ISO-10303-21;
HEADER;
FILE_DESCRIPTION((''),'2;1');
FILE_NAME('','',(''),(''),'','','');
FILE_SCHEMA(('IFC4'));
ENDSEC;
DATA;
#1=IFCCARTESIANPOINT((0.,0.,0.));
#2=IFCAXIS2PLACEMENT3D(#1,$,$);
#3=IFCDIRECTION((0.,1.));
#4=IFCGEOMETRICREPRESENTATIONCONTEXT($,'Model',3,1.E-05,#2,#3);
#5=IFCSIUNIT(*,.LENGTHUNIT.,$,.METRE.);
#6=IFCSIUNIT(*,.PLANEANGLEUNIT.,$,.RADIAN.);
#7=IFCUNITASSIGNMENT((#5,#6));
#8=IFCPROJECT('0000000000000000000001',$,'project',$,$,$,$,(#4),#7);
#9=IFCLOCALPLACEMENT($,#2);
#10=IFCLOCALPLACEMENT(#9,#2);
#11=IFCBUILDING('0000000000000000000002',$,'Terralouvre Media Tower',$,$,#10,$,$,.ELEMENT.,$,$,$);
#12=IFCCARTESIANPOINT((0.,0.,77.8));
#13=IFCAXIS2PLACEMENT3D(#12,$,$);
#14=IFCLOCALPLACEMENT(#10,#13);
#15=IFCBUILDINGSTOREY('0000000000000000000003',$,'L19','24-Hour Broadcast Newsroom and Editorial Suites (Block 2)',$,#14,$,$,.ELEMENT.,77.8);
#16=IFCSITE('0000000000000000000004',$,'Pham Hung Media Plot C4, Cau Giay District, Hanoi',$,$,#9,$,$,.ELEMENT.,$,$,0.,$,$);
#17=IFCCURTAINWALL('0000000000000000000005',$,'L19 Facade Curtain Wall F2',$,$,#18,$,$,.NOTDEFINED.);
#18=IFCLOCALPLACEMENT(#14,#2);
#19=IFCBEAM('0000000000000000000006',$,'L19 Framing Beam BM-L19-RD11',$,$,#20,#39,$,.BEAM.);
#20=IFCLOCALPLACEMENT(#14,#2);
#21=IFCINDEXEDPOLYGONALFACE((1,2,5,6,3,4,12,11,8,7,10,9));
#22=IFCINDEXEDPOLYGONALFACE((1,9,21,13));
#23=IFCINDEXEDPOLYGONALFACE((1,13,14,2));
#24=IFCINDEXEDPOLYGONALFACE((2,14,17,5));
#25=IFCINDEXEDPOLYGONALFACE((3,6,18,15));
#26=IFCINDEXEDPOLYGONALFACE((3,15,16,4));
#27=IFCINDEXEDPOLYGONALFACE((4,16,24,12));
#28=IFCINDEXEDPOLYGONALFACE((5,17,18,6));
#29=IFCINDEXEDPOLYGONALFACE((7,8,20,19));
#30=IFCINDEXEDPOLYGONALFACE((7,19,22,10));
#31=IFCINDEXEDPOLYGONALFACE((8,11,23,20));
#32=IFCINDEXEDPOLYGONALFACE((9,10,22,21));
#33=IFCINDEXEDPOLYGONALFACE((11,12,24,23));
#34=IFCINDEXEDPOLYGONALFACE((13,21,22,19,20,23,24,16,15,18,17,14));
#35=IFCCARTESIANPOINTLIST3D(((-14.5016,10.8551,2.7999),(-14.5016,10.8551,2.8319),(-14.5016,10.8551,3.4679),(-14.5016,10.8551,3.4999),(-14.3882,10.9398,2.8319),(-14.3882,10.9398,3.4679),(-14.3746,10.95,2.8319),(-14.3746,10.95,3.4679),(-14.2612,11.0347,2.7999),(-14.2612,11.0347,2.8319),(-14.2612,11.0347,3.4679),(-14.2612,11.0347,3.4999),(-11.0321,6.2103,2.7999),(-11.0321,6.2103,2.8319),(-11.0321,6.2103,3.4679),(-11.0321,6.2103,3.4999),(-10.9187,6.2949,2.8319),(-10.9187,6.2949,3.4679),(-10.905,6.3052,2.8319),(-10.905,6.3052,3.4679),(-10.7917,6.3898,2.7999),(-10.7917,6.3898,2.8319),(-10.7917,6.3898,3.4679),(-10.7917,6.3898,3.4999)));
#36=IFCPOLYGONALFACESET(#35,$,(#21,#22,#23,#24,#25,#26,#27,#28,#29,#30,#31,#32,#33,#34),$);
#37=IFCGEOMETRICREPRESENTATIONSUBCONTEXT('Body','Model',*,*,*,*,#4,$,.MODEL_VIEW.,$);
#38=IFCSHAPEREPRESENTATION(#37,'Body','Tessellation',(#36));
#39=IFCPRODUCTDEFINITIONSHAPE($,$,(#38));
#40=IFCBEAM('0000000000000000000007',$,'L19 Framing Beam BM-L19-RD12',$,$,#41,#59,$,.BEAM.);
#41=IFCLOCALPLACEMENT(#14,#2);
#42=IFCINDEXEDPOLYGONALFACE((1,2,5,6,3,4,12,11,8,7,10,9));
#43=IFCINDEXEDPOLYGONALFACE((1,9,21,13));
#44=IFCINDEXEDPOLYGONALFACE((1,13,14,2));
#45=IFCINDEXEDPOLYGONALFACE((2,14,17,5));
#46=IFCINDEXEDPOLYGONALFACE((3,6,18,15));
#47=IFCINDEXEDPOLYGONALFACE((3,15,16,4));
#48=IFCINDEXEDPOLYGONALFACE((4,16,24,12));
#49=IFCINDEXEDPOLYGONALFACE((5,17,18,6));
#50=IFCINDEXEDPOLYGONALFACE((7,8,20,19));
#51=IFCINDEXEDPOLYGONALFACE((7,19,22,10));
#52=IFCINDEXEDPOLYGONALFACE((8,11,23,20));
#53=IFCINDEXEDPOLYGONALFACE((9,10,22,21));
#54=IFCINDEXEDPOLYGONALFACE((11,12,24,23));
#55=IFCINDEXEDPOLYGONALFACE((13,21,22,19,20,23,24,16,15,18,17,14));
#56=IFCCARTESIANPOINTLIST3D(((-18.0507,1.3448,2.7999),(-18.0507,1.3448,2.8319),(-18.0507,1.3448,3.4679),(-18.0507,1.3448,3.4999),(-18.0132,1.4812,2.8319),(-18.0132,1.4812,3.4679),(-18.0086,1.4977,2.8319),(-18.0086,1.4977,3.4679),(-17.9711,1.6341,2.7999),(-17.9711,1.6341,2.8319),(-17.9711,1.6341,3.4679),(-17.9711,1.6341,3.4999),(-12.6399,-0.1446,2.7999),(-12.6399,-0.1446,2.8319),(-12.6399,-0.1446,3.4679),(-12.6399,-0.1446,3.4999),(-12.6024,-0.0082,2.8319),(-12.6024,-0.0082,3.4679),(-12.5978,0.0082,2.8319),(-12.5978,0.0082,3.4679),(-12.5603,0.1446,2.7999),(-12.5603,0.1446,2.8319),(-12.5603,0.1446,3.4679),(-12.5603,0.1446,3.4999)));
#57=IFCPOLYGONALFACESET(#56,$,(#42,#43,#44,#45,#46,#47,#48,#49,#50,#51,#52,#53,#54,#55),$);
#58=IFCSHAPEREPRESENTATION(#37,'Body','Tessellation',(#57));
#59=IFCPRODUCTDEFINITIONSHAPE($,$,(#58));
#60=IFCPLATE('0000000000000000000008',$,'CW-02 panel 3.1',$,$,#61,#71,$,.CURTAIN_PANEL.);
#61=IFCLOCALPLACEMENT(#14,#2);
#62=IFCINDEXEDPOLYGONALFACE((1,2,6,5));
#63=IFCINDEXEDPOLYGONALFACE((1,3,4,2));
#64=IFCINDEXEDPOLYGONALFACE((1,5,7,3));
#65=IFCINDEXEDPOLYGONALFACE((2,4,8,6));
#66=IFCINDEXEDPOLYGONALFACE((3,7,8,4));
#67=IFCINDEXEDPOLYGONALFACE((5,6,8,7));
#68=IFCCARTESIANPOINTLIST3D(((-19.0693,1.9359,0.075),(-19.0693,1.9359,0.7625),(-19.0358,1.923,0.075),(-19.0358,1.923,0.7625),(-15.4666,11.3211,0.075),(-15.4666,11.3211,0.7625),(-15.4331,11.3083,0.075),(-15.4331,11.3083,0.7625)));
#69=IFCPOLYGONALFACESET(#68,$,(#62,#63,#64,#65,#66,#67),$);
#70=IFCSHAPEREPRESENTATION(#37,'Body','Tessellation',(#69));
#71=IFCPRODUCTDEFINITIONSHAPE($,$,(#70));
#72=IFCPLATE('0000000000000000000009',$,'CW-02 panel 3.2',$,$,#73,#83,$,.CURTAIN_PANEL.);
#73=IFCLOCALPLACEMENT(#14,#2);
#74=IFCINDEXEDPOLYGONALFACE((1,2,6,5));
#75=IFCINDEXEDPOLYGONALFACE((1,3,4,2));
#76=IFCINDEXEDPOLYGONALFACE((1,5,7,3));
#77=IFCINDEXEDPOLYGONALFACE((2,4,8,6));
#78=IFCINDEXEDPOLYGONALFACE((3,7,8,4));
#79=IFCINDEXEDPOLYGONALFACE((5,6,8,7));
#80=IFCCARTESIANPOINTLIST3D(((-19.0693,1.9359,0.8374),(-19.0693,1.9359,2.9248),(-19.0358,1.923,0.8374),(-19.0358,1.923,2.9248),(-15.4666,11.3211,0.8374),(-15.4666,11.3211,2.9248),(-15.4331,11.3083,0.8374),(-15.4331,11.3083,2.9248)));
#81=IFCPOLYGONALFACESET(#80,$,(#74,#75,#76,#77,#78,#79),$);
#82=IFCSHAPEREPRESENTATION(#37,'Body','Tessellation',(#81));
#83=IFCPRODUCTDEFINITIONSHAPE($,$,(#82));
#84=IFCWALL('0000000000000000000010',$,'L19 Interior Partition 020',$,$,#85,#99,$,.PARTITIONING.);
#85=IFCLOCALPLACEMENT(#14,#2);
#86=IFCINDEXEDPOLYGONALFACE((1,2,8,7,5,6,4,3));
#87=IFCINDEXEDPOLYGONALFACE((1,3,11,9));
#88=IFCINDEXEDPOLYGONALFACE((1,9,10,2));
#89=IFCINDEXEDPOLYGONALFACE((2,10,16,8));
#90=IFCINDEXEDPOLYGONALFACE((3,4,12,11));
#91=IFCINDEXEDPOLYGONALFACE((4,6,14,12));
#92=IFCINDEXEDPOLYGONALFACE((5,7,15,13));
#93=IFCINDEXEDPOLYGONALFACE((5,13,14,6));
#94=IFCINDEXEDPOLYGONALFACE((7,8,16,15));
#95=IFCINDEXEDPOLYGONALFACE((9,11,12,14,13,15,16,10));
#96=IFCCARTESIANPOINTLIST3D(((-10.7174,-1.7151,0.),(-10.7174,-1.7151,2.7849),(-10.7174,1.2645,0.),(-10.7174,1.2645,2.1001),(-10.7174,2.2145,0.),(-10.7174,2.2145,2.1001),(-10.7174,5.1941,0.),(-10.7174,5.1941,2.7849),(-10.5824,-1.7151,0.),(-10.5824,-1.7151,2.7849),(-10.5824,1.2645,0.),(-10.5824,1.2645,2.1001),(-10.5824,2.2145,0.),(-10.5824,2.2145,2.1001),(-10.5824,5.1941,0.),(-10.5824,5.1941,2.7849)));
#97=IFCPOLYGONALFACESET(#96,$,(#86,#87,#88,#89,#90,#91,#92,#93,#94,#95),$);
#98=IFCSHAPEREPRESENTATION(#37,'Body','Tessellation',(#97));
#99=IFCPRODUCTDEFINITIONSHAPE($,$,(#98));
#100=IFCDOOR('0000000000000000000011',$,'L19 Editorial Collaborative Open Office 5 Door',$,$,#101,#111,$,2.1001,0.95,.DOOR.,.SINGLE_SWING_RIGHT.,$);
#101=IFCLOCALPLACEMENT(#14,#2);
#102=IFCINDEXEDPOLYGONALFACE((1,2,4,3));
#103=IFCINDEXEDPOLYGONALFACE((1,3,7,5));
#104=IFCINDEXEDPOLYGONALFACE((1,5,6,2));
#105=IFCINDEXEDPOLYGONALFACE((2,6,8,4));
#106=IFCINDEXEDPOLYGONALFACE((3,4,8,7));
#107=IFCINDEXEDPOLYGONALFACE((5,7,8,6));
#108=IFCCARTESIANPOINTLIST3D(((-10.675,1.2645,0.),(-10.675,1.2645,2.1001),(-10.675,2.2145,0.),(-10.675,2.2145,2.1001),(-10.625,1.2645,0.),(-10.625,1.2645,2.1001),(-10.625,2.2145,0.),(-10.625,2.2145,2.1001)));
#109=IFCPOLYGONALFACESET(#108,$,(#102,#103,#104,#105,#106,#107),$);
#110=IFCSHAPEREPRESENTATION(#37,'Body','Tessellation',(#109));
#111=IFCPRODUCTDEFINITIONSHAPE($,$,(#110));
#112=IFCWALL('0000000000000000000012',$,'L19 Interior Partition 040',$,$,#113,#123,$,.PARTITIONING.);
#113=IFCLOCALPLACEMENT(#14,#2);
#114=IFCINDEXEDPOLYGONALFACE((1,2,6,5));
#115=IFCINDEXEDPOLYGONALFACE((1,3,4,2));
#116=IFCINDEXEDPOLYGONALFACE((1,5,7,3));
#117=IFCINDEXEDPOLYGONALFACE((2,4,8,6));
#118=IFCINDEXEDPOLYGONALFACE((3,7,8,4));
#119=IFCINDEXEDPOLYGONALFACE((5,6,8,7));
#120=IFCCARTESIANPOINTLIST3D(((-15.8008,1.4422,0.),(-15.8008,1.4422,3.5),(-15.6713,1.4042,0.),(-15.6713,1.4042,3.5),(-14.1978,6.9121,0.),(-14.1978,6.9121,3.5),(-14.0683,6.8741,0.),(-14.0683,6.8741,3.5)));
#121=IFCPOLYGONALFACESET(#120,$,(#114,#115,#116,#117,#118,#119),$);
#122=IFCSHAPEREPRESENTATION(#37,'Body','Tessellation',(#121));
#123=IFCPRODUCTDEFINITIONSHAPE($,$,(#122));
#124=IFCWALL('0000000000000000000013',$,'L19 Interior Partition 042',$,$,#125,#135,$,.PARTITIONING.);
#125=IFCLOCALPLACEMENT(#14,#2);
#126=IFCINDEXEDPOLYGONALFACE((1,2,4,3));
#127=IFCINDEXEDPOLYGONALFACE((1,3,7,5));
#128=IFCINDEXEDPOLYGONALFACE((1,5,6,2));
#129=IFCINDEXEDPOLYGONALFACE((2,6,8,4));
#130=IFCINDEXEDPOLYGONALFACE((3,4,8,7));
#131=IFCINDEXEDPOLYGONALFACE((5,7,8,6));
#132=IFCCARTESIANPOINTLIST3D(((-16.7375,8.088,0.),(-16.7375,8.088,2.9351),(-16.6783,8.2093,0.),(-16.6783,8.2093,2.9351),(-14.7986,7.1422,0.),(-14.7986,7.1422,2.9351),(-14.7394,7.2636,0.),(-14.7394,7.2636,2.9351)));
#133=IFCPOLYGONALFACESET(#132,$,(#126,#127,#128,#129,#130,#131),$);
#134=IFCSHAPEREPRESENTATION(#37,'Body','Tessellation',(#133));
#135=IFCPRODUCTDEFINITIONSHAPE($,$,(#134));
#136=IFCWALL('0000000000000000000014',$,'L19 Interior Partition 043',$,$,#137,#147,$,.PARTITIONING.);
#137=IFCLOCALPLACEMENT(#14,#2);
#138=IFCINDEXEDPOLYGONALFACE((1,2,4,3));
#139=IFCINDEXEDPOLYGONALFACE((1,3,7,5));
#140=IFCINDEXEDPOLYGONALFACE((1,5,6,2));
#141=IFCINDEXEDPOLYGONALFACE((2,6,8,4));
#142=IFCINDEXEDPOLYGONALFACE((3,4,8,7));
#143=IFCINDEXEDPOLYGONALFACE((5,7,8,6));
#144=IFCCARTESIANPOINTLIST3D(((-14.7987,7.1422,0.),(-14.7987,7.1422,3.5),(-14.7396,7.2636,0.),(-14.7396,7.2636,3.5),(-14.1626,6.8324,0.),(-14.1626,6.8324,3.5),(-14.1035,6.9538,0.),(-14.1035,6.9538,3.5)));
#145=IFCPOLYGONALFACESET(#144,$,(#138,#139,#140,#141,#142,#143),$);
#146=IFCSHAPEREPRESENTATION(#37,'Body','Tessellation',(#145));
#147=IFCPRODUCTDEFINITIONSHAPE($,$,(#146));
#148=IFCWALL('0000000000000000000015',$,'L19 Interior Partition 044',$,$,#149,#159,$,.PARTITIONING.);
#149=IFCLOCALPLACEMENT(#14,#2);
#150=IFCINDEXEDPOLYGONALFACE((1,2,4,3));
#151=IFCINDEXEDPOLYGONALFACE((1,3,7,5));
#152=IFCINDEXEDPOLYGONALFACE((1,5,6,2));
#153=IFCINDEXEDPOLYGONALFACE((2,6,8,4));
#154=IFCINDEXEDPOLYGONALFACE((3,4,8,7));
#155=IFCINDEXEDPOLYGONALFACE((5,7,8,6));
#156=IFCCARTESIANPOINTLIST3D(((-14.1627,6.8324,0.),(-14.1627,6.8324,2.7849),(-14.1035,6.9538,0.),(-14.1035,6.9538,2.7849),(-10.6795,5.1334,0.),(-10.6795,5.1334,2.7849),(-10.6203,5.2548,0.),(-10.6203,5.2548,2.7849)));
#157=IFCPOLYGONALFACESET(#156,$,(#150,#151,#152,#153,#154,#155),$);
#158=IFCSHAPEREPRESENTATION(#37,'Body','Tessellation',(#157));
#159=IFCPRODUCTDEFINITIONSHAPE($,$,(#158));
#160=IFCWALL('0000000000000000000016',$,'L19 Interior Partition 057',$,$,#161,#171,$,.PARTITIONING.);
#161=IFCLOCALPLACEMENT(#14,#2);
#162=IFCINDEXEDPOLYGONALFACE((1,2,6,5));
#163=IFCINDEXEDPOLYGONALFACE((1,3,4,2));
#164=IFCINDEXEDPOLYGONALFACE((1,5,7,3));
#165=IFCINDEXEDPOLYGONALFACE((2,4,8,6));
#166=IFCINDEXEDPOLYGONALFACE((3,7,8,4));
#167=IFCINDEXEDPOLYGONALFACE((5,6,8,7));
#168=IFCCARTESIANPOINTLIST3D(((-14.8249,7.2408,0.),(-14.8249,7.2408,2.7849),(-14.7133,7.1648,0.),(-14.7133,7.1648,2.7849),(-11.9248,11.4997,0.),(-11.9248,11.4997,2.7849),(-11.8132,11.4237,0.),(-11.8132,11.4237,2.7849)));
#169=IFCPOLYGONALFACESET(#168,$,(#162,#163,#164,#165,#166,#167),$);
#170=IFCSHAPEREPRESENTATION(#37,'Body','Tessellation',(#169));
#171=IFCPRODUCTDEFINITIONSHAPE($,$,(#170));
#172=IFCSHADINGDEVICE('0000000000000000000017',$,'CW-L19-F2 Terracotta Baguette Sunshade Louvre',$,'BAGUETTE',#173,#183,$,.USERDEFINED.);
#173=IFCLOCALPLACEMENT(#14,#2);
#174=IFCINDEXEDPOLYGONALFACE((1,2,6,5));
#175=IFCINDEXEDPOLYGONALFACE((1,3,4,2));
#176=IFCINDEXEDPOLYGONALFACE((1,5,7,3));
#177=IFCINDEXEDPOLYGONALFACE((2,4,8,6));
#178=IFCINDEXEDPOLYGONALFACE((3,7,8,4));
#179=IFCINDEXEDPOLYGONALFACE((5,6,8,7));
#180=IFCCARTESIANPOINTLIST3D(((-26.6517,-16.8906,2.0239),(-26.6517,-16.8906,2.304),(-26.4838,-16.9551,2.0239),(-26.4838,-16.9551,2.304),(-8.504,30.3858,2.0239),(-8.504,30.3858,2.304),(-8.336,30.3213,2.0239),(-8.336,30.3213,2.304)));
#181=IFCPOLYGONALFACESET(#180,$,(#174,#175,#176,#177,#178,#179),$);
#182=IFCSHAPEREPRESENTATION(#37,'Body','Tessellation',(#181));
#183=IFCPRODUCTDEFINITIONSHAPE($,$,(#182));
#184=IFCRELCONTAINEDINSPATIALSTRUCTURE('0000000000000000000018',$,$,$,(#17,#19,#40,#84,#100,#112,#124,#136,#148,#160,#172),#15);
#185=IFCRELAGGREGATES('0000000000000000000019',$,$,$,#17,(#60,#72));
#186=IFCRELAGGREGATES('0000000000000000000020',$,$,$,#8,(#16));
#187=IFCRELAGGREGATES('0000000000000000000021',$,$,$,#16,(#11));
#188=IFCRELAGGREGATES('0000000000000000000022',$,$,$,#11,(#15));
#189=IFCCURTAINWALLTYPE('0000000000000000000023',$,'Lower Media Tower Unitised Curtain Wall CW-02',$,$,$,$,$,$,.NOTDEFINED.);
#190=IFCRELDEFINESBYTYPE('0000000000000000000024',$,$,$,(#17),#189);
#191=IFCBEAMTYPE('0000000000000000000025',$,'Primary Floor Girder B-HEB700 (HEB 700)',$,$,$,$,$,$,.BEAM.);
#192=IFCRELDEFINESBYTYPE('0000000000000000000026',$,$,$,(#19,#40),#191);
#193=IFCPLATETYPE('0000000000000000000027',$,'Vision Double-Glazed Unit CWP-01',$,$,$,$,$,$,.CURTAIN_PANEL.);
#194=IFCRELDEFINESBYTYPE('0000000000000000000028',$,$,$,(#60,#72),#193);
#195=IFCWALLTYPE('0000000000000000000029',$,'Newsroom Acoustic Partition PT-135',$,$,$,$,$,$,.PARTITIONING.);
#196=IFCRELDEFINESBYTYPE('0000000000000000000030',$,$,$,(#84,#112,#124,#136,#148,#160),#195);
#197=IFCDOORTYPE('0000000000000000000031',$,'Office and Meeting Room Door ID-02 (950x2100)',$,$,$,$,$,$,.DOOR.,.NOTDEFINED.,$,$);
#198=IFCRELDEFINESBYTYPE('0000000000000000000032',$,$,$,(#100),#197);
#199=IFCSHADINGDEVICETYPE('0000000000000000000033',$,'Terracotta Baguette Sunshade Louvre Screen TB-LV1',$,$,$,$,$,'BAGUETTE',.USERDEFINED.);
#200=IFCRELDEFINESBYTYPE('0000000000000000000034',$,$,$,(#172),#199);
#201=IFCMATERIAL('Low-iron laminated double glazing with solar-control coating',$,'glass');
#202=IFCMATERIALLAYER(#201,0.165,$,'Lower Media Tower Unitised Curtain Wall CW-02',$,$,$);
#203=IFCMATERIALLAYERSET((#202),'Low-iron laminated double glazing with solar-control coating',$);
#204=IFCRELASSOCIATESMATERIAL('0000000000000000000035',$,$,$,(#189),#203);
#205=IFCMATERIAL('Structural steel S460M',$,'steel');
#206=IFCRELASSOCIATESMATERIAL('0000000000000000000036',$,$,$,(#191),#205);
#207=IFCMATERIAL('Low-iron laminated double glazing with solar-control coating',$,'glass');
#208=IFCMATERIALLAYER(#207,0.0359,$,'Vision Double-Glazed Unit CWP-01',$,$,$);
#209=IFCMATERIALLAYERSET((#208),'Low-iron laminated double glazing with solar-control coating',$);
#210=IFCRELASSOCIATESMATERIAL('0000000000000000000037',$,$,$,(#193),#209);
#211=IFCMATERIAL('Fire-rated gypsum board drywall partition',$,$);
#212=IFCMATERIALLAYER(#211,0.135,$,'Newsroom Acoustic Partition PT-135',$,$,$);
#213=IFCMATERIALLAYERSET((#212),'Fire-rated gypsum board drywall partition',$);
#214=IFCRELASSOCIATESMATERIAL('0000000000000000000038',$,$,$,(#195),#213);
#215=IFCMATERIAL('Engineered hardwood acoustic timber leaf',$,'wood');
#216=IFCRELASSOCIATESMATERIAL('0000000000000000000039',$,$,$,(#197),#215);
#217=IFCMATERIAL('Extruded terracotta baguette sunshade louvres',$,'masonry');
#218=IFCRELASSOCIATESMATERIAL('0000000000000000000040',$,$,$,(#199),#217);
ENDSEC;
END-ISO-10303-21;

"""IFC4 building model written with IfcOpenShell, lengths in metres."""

from ifc_helpers import new_model, si_unit, direction, frame, frame_2d, origin, origin_2d, place, context, subcontext, project, spatial, rectangle, i_section, extrude, material, layer, layer_set, material_profile, profile_set, type_object, element, fill, aggregate, save


model = new_model("IFC4")

# Units and contexts
model_context = context("Model", 3, precision=1e-05, world=origin(), true_north=direction((0.0, 1.0)))
body_context = subcontext(model_context, "Body", "Model", "MODEL_VIEW")
ifc_project = project(units=[si_unit("LENGTHUNIT", "METRE"), si_unit("PLANEANGLEUNIT", "RADIAN")], contexts=[model_context])

# Site, building, storey
site_placement = place(None, origin())
site = spatial("IfcSite", under=ifc_project, at=site_placement, Name="Pham Hung Media Plot C4, Cau Giay District, Hanoi", CompositionType="ELEMENT", RefElevation=0.0)
building_placement = place(site_placement, origin())
building = spatial("IfcBuilding", under=site, at=building_placement, Name="Terralouvre Media Tower", CompositionType="ELEMENT")
storey_placement = place(building_placement, frame((0.0, 0.0, 77.8)))
storey = spatial("IfcBuildingStorey", under=building, at=storey_placement, Name="L19", Description="24-Hour Broadcast Newsroom and Editorial Suites (Block 2)", CompositionType="ELEMENT", Elevation=77.8)

# Curtain wall
ifc_material_1 = material(Name="Low-iron laminated double glazing with solar-control coating", Category="glass")
ifc_layer_1 = layer(ifc_material_1, 0.165, Name="Lower Media Tower Unitised Curtain Wall CW-02")
ifc_layer_set_1 = layer_set([ifc_layer_1], Name="Low-iron laminated double glazing with solar-control coating")
curtain_wall_type = type_object("IfcCurtainWallType", Name="Lower Media Tower Unitised Curtain Wall CW-02", PredefinedType="NOTDEFINED", material=ifc_layer_set_1)
curtain_wall_placement = place(storey_placement, origin())
curtain_wall = element("IfcCurtainWall", 1, at=curtain_wall_placement, inside=storey, type_object=curtain_wall_type, Name="L19 Facade Curtain Wall F2", PredefinedType="NOTDEFINED")

# Beams
ifc_material_2 = material(Name="Structural steel S460M", Category="steel")
ifc_material_profile_1 = material_profile(ifc_material_2, i_section(OverallWidth=0.3, OverallDepth=0.7, WebThickness=0.0171, FlangeThickness=0.032, at=origin_2d()), Name="HEB 700")
ifc_profile_set_1 = profile_set([ifc_material_profile_1], Name="Structural steel S460M")
beam_type_1 = type_object("IfcBeamType", Name="Primary Floor Girder B-HEB700 (HEB 700)", PredefinedType="BEAM", material=ifc_profile_set_1)
beam_1_placement = place(storey_placement, frame((-10.9119, 6.3, 3.1499), z_axis=(-0.598442, 0.801166, 0.0), x_axis=(-0.801166, -0.598442, 0.0)))
element("IfcBeam", 2, at=beam_1_placement, inside=storey, type_object=beam_type_1, Name="L19 Framing Beam BM-L19-RD11", PredefinedType="BEAM", context=body_context, shape_type="SweptSolid", body=[
    extrude(i_section(OverallWidth=0.3, OverallDepth=0.7, WebThickness=0.0171, FlangeThickness=0.032, at=origin_2d()), origin(), (0.0, 0.0, 1.0), 5.7976),
])
beam_2_placement = place(storey_placement, frame((-12.6001, 0.0, 3.1499), z_axis=(-0.964137, 0.265406, 0.0), x_axis=(-0.265406, -0.964137, 0.0)))
element("IfcBeam", 3, at=beam_2_placement, inside=storey, type_object=beam_type_1, Name="L19 Framing Beam BM-L19-RD12", PredefinedType="BEAM", context=body_context, shape_type="SweptSolid", body=[
    extrude(i_section(OverallWidth=0.3, OverallDepth=0.7, WebThickness=0.0171, FlangeThickness=0.032, at=origin_2d()), origin(), (0.0, 0.0, 1.0), 5.6121),
])

# Plates
ifc_material_3 = material(Name="Low-iron laminated double glazing with solar-control coating", Category="glass")
ifc_layer_2 = layer(ifc_material_3, 0.0359, Name="Vision Double-Glazed Unit CWP-01")
ifc_layer_set_2 = layer_set([ifc_layer_2], Name="Low-iron laminated double glazing with solar-control coating")
plate_type = type_object("IfcPlateType", Name="Vision Double-Glazed Unit CWP-01", PredefinedType="CURTAIN_PANEL", material=ifc_layer_set_2)
plate_1_placement = place(storey_placement, frame((-17.2512, 6.6221, 0.075), z_axis=(0.0, 0.0, 1.0), x_axis=(-0.358368, -0.93358, 0.0)))
plate_1 = element("IfcPlate", 4, at=plate_1_placement, type_object=plate_type, Name="CW-02 panel 3.1", PredefinedType="CURTAIN_PANEL", context=body_context, shape_type="SweptSolid", body=[
    extrude(rectangle(XDim=10.053, YDim=0.0359, at=origin_2d()), origin(), (0.0, 0.0, 1.0), 0.6875),
])
plate_2_placement = place(storey_placement, frame((-17.2512, 6.6221, 0.8374), z_axis=(0.0, 0.0, 1.0), x_axis=(-0.358368, -0.93358, 0.0)))
plate_2 = element("IfcPlate", 5, at=plate_2_placement, type_object=plate_type, Name="CW-02 panel 3.2", PredefinedType="CURTAIN_PANEL", context=body_context, shape_type="SweptSolid", body=[
    extrude(rectangle(XDim=10.053, YDim=0.0359, at=origin_2d()), origin(), (0.0, 0.0, 1.0), 2.0874),
])
aggregate(curtain_wall, [plate_1, plate_2])

# Wall, opening, door
ifc_material_4 = material(Name="Fire-rated gypsum board drywall partition")
ifc_layer_3 = layer(ifc_material_4, 0.135, Name="Newsroom Acoustic Partition PT-135")
ifc_layer_set_3 = layer_set([ifc_layer_3], Name="Fire-rated gypsum board drywall partition")
wall_type = type_object("IfcWallType", Name="Newsroom Acoustic Partition PT-135", PredefinedType="PARTITIONING", material=ifc_layer_set_3)
wall_1_placement = place(storey_placement, frame((-10.6499, 5.1941, 0.0), z_axis=(0.0, 0.0, 1.0), x_axis=(0.0, -1.0, 0.0)))
wall_1 = element("IfcWall", 6, at=wall_1_placement, inside=storey, type_object=wall_type, Name="L19 Interior Partition 020", PredefinedType="PARTITIONING", context=body_context, shape_type="SweptSolid", body=[
    extrude(rectangle(XDim=6.9092, YDim=0.135, at=frame_2d((3.4546, 0.0))), origin(), (0.0, 0.0, 1.0), 2.7849),
])
opening_placement = place(wall_1_placement, frame((2.9795, 0.0, 0.0)))
opening = element("IfcOpeningElement", 7, at=opening_placement, cuts=wall_1, PredefinedType="OPENING", context=body_context, shape_type="SweptSolid", body=[
    extrude(rectangle(XDim=0.95, YDim=2.1001, at=frame_2d((0.4751, 1.05))), frame((0.0, 0.0774, 0.0), z_axis=(0.0, -1.0, 0.0), x_axis=(1.0, 0.0, 0.0)), (0.0, 0.0, 1.0), 0.155),
])
ifc_material_5 = material(Name="Engineered hardwood acoustic timber leaf", Category="wood")
door_type = type_object("IfcDoorType", Name="Office and Meeting Room Door ID-02 (950x2100)", OperationType="NOTDEFINED", PredefinedType="DOOR", material=ifc_material_5)
door_placement = place(opening_placement, origin())
door = element("IfcDoor", 8, at=door_placement, inside=storey, type_object=door_type, Name="L19 Editorial Collaborative Open Office 5 Door", OperationType="SINGLE_SWING_RIGHT", OverallHeight=2.1001, OverallWidth=0.95, PredefinedType="DOOR", context=body_context, shape_type="SweptSolid", body=[
    extrude(rectangle(XDim=0.95, YDim=2.1001, at=frame_2d((0.4751, 1.05))), frame((0.0, 0.0249, 0.0), z_axis=(0.0, -1.0, 0.0), x_axis=(1.0, 0.0, 0.0)), (0.0, 0.0, 1.0), 0.05),
])
fill(opening, door)

# Walls
wall_2_placement = place(storey_placement, frame((-15.7361, 1.4231, 0.0), z_axis=(0.0, 0.0, 1.0), x_axis=(0.281232, 0.95964, 0.0)))
element("IfcWall", 9, at=wall_2_placement, inside=storey, type_object=wall_type, Name="L19 Interior Partition 040", PredefinedType="PARTITIONING", context=body_context, shape_type="SweptSolid", body=[
    extrude(rectangle(XDim=5.7, YDim=0.135, at=frame_2d((2.8501, 0.0))), origin(), (0.0, 0.0, 1.0), 3.5),
])
wall_3_placement = place(storey_placement, frame((-14.769, 7.2029, 0.0), z_axis=(0.0, 0.0, 1.0), x_axis=(-0.898775, 0.43841, 0.0)))
element("IfcWall", 10, at=wall_3_placement, inside=storey, type_object=wall_type, Name="L19 Interior Partition 042", PredefinedType="PARTITIONING", context=body_context, shape_type="SweptSolid", body=[
    extrude(rectangle(XDim=2.1572, YDim=0.135, at=frame_2d((1.0786, 0.0))), origin(), (0.0, 0.0, 1.0), 2.9351),
])
wall_4_placement = place(storey_placement, frame((-14.1331, 6.8931, 0.0), z_axis=(0.0, 0.0, 1.0), x_axis=(-0.899004, 0.437941, 0.0)))
element("IfcWall", 11, at=wall_4_placement, inside=storey, type_object=wall_type, Name="L19 Interior Partition 043", PredefinedType="PARTITIONING", context=body_context, shape_type="SweptSolid", body=[
    extrude(rectangle(XDim=0.7075, YDim=0.135, at=frame_2d((0.3538, 0.0))), origin(), (0.0, 0.0, 1.0), 3.5),
])
wall_5_placement = place(storey_placement, frame((-10.6499, 5.1941, 0.0), z_axis=(0.0, 0.0, 1.0), x_axis=(-0.898781, 0.438398, 0.0)))
element("IfcWall", 12, at=wall_5_placement, inside=storey, type_object=wall_type, Name="L19 Interior Partition 044", PredefinedType="PARTITIONING", context=body_context, shape_type="SweptSolid", body=[
    extrude(rectangle(XDim=3.8755, YDim=0.135, at=frame_2d((1.9377, 0.0))), origin(), (0.0, 0.0, 1.0), 2.7849),
])
wall_6_placement = place(storey_placement, frame((-14.769, 7.2029, 0.0), z_axis=(0.0, 0.0, 1.0), x_axis=(0.562841, 0.826565, 0.0)))
element("IfcWall", 13, at=wall_6_placement, inside=storey, type_object=wall_type, Name="L19 Interior Partition 057", PredefinedType="PARTITIONING", context=body_context, shape_type="SweptSolid", body=[
    extrude(rectangle(XDim=5.1526, YDim=0.135, at=frame_2d((2.5762, 0.0))), origin(), (0.0, 0.0, 1.0), 2.7849),
])

# Shading device
ifc_material_6 = material(Name="Extruded terracotta baguette sunshade louvres", Category="masonry")
shading_device_type = type_object("IfcShadingDeviceType", Name="Terracotta Baguette Sunshade Louvre Screen TB-LV1", ElementType="BAGUETTE", PredefinedType="USERDEFINED", material=ifc_material_6)
shading_device_placement = place(storey_placement, frame((-17.4939, 6.7153, 2.0239), z_axis=(0.0, 0.0, 1.0), x_axis=(-0.358368, -0.93358, 0.0)))
element("IfcShadingDevice", 14, at=shading_device_placement, inside=storey, type_object=shading_device_type, Name="CW-L19-F2 Terracotta Baguette Sunshade Louvre", ObjectType="BAGUETTE", PredefinedType="USERDEFINED", context=body_context, shape_type="SweptSolid", body=[
    extrude(rectangle(XDim=50.6399, YDim=0.1799, at=origin_2d()), origin(), (0.0, 0.0, 1.0), 0.28),
])

save(model, "model.ifc")
